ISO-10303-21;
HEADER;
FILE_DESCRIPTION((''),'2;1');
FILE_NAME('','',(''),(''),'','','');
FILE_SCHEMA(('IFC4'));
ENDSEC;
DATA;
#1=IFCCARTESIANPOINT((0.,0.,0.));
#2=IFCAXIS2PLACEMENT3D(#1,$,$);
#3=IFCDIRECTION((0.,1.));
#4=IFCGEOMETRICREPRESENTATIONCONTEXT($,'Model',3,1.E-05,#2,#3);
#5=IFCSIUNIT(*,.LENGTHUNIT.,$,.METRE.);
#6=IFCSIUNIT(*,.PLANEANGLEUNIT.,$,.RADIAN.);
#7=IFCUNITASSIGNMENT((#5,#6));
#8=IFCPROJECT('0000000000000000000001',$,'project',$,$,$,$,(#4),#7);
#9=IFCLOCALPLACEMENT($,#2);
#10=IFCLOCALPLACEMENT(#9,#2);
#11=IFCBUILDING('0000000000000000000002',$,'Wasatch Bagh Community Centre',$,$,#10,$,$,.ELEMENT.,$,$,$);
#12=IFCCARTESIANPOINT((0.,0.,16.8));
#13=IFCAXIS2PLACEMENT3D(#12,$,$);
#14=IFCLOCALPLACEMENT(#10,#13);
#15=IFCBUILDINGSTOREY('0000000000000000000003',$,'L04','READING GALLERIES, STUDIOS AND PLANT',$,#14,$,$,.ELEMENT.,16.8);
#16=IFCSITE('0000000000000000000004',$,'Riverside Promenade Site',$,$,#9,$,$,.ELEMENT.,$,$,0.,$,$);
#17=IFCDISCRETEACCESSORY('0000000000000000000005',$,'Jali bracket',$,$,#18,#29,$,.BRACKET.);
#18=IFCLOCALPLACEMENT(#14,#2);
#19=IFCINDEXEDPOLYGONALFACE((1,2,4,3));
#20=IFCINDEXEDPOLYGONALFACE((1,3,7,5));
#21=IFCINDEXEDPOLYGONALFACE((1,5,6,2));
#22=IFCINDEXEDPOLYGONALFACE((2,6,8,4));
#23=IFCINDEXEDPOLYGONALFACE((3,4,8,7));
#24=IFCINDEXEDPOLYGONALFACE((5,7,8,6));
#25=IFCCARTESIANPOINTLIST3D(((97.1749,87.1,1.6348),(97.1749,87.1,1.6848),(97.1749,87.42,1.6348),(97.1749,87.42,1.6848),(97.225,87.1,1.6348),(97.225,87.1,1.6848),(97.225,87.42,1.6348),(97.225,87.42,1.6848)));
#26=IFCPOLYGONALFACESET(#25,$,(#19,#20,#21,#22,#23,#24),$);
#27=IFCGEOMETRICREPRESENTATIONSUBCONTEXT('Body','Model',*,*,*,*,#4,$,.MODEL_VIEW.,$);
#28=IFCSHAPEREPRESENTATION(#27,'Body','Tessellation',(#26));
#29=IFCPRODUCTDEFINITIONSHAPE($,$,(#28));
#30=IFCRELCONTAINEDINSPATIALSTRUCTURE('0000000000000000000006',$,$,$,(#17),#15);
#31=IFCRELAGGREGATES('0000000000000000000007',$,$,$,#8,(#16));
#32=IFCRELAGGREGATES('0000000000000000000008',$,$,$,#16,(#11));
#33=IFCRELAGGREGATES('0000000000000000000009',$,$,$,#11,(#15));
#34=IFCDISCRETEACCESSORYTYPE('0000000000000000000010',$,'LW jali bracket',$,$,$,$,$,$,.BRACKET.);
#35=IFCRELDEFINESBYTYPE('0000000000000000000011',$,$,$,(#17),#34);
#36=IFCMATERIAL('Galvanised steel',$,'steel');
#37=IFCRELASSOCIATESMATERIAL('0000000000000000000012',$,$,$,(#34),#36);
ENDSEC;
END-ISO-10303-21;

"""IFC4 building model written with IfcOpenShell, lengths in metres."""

from ifc_helpers import new_model, si_unit, direction, frame, origin, origin_2d, place, context, subcontext, project, spatial, rectangle, extrude, material, type_object, element, save


model = new_model("IFC4")

# Units and contexts
model_context = context("Model", 3, precision=1e-05, world=origin(), true_north=direction((0.0, 1.0)))
body_context = subcontext(model_context, "Body", "Model", "MODEL_VIEW")
ifc_project = project(units=[si_unit("LENGTHUNIT", "METRE"), si_unit("PLANEANGLEUNIT", "RADIAN")], contexts=[model_context])

# Site, building, storey
site_placement = place(None, origin())
site = spatial("IfcSite", under=ifc_project, at=site_placement, Name="Riverside Promenade Site", CompositionType="ELEMENT", RefElevation=0.0)
building_placement = place(site_placement, origin())
building = spatial("IfcBuilding", under=site, at=building_placement, Name="Wasatch Bagh Community Centre", CompositionType="ELEMENT")
storey_placement = place(building_placement, frame((0.0, 0.0, 16.8)))
storey = spatial("IfcBuildingStorey", under=building, at=storey_placement, Name="L04", Description="READING GALLERIES, STUDIOS AND PLANT", CompositionType="ELEMENT", Elevation=16.8)

# Discrete accessory
ifc_material_1 = material(Name="Galvanised steel", Category="steel")
discrete_accessory_type = type_object("IfcDiscreteAccessoryType", Name="LW jali bracket", PredefinedType="BRACKET", material=ifc_material_1)
for number, where, z_axis, x_axis, name in (
    (1, (97.2, 87.26, 1.6348), (0.0, 0.0, 1.0), (1.0, 0.0, 0.0), "Jali bracket"),
):
    element("IfcDiscreteAccessory", number, at=place(storey_placement, frame(where, z_axis=z_axis, x_axis=x_axis)), inside=storey, type_object=discrete_accessory_type, Name=name, PredefinedType="BRACKET", context=body_context, shape_type="SweptSolid", body=[
        extrude(rectangle(XDim=0.05, YDim=0.3201, at=origin_2d()), origin(), (0.0, 0.0, 1.0), 0.05),
    ])

save(model, "model.ifc")
